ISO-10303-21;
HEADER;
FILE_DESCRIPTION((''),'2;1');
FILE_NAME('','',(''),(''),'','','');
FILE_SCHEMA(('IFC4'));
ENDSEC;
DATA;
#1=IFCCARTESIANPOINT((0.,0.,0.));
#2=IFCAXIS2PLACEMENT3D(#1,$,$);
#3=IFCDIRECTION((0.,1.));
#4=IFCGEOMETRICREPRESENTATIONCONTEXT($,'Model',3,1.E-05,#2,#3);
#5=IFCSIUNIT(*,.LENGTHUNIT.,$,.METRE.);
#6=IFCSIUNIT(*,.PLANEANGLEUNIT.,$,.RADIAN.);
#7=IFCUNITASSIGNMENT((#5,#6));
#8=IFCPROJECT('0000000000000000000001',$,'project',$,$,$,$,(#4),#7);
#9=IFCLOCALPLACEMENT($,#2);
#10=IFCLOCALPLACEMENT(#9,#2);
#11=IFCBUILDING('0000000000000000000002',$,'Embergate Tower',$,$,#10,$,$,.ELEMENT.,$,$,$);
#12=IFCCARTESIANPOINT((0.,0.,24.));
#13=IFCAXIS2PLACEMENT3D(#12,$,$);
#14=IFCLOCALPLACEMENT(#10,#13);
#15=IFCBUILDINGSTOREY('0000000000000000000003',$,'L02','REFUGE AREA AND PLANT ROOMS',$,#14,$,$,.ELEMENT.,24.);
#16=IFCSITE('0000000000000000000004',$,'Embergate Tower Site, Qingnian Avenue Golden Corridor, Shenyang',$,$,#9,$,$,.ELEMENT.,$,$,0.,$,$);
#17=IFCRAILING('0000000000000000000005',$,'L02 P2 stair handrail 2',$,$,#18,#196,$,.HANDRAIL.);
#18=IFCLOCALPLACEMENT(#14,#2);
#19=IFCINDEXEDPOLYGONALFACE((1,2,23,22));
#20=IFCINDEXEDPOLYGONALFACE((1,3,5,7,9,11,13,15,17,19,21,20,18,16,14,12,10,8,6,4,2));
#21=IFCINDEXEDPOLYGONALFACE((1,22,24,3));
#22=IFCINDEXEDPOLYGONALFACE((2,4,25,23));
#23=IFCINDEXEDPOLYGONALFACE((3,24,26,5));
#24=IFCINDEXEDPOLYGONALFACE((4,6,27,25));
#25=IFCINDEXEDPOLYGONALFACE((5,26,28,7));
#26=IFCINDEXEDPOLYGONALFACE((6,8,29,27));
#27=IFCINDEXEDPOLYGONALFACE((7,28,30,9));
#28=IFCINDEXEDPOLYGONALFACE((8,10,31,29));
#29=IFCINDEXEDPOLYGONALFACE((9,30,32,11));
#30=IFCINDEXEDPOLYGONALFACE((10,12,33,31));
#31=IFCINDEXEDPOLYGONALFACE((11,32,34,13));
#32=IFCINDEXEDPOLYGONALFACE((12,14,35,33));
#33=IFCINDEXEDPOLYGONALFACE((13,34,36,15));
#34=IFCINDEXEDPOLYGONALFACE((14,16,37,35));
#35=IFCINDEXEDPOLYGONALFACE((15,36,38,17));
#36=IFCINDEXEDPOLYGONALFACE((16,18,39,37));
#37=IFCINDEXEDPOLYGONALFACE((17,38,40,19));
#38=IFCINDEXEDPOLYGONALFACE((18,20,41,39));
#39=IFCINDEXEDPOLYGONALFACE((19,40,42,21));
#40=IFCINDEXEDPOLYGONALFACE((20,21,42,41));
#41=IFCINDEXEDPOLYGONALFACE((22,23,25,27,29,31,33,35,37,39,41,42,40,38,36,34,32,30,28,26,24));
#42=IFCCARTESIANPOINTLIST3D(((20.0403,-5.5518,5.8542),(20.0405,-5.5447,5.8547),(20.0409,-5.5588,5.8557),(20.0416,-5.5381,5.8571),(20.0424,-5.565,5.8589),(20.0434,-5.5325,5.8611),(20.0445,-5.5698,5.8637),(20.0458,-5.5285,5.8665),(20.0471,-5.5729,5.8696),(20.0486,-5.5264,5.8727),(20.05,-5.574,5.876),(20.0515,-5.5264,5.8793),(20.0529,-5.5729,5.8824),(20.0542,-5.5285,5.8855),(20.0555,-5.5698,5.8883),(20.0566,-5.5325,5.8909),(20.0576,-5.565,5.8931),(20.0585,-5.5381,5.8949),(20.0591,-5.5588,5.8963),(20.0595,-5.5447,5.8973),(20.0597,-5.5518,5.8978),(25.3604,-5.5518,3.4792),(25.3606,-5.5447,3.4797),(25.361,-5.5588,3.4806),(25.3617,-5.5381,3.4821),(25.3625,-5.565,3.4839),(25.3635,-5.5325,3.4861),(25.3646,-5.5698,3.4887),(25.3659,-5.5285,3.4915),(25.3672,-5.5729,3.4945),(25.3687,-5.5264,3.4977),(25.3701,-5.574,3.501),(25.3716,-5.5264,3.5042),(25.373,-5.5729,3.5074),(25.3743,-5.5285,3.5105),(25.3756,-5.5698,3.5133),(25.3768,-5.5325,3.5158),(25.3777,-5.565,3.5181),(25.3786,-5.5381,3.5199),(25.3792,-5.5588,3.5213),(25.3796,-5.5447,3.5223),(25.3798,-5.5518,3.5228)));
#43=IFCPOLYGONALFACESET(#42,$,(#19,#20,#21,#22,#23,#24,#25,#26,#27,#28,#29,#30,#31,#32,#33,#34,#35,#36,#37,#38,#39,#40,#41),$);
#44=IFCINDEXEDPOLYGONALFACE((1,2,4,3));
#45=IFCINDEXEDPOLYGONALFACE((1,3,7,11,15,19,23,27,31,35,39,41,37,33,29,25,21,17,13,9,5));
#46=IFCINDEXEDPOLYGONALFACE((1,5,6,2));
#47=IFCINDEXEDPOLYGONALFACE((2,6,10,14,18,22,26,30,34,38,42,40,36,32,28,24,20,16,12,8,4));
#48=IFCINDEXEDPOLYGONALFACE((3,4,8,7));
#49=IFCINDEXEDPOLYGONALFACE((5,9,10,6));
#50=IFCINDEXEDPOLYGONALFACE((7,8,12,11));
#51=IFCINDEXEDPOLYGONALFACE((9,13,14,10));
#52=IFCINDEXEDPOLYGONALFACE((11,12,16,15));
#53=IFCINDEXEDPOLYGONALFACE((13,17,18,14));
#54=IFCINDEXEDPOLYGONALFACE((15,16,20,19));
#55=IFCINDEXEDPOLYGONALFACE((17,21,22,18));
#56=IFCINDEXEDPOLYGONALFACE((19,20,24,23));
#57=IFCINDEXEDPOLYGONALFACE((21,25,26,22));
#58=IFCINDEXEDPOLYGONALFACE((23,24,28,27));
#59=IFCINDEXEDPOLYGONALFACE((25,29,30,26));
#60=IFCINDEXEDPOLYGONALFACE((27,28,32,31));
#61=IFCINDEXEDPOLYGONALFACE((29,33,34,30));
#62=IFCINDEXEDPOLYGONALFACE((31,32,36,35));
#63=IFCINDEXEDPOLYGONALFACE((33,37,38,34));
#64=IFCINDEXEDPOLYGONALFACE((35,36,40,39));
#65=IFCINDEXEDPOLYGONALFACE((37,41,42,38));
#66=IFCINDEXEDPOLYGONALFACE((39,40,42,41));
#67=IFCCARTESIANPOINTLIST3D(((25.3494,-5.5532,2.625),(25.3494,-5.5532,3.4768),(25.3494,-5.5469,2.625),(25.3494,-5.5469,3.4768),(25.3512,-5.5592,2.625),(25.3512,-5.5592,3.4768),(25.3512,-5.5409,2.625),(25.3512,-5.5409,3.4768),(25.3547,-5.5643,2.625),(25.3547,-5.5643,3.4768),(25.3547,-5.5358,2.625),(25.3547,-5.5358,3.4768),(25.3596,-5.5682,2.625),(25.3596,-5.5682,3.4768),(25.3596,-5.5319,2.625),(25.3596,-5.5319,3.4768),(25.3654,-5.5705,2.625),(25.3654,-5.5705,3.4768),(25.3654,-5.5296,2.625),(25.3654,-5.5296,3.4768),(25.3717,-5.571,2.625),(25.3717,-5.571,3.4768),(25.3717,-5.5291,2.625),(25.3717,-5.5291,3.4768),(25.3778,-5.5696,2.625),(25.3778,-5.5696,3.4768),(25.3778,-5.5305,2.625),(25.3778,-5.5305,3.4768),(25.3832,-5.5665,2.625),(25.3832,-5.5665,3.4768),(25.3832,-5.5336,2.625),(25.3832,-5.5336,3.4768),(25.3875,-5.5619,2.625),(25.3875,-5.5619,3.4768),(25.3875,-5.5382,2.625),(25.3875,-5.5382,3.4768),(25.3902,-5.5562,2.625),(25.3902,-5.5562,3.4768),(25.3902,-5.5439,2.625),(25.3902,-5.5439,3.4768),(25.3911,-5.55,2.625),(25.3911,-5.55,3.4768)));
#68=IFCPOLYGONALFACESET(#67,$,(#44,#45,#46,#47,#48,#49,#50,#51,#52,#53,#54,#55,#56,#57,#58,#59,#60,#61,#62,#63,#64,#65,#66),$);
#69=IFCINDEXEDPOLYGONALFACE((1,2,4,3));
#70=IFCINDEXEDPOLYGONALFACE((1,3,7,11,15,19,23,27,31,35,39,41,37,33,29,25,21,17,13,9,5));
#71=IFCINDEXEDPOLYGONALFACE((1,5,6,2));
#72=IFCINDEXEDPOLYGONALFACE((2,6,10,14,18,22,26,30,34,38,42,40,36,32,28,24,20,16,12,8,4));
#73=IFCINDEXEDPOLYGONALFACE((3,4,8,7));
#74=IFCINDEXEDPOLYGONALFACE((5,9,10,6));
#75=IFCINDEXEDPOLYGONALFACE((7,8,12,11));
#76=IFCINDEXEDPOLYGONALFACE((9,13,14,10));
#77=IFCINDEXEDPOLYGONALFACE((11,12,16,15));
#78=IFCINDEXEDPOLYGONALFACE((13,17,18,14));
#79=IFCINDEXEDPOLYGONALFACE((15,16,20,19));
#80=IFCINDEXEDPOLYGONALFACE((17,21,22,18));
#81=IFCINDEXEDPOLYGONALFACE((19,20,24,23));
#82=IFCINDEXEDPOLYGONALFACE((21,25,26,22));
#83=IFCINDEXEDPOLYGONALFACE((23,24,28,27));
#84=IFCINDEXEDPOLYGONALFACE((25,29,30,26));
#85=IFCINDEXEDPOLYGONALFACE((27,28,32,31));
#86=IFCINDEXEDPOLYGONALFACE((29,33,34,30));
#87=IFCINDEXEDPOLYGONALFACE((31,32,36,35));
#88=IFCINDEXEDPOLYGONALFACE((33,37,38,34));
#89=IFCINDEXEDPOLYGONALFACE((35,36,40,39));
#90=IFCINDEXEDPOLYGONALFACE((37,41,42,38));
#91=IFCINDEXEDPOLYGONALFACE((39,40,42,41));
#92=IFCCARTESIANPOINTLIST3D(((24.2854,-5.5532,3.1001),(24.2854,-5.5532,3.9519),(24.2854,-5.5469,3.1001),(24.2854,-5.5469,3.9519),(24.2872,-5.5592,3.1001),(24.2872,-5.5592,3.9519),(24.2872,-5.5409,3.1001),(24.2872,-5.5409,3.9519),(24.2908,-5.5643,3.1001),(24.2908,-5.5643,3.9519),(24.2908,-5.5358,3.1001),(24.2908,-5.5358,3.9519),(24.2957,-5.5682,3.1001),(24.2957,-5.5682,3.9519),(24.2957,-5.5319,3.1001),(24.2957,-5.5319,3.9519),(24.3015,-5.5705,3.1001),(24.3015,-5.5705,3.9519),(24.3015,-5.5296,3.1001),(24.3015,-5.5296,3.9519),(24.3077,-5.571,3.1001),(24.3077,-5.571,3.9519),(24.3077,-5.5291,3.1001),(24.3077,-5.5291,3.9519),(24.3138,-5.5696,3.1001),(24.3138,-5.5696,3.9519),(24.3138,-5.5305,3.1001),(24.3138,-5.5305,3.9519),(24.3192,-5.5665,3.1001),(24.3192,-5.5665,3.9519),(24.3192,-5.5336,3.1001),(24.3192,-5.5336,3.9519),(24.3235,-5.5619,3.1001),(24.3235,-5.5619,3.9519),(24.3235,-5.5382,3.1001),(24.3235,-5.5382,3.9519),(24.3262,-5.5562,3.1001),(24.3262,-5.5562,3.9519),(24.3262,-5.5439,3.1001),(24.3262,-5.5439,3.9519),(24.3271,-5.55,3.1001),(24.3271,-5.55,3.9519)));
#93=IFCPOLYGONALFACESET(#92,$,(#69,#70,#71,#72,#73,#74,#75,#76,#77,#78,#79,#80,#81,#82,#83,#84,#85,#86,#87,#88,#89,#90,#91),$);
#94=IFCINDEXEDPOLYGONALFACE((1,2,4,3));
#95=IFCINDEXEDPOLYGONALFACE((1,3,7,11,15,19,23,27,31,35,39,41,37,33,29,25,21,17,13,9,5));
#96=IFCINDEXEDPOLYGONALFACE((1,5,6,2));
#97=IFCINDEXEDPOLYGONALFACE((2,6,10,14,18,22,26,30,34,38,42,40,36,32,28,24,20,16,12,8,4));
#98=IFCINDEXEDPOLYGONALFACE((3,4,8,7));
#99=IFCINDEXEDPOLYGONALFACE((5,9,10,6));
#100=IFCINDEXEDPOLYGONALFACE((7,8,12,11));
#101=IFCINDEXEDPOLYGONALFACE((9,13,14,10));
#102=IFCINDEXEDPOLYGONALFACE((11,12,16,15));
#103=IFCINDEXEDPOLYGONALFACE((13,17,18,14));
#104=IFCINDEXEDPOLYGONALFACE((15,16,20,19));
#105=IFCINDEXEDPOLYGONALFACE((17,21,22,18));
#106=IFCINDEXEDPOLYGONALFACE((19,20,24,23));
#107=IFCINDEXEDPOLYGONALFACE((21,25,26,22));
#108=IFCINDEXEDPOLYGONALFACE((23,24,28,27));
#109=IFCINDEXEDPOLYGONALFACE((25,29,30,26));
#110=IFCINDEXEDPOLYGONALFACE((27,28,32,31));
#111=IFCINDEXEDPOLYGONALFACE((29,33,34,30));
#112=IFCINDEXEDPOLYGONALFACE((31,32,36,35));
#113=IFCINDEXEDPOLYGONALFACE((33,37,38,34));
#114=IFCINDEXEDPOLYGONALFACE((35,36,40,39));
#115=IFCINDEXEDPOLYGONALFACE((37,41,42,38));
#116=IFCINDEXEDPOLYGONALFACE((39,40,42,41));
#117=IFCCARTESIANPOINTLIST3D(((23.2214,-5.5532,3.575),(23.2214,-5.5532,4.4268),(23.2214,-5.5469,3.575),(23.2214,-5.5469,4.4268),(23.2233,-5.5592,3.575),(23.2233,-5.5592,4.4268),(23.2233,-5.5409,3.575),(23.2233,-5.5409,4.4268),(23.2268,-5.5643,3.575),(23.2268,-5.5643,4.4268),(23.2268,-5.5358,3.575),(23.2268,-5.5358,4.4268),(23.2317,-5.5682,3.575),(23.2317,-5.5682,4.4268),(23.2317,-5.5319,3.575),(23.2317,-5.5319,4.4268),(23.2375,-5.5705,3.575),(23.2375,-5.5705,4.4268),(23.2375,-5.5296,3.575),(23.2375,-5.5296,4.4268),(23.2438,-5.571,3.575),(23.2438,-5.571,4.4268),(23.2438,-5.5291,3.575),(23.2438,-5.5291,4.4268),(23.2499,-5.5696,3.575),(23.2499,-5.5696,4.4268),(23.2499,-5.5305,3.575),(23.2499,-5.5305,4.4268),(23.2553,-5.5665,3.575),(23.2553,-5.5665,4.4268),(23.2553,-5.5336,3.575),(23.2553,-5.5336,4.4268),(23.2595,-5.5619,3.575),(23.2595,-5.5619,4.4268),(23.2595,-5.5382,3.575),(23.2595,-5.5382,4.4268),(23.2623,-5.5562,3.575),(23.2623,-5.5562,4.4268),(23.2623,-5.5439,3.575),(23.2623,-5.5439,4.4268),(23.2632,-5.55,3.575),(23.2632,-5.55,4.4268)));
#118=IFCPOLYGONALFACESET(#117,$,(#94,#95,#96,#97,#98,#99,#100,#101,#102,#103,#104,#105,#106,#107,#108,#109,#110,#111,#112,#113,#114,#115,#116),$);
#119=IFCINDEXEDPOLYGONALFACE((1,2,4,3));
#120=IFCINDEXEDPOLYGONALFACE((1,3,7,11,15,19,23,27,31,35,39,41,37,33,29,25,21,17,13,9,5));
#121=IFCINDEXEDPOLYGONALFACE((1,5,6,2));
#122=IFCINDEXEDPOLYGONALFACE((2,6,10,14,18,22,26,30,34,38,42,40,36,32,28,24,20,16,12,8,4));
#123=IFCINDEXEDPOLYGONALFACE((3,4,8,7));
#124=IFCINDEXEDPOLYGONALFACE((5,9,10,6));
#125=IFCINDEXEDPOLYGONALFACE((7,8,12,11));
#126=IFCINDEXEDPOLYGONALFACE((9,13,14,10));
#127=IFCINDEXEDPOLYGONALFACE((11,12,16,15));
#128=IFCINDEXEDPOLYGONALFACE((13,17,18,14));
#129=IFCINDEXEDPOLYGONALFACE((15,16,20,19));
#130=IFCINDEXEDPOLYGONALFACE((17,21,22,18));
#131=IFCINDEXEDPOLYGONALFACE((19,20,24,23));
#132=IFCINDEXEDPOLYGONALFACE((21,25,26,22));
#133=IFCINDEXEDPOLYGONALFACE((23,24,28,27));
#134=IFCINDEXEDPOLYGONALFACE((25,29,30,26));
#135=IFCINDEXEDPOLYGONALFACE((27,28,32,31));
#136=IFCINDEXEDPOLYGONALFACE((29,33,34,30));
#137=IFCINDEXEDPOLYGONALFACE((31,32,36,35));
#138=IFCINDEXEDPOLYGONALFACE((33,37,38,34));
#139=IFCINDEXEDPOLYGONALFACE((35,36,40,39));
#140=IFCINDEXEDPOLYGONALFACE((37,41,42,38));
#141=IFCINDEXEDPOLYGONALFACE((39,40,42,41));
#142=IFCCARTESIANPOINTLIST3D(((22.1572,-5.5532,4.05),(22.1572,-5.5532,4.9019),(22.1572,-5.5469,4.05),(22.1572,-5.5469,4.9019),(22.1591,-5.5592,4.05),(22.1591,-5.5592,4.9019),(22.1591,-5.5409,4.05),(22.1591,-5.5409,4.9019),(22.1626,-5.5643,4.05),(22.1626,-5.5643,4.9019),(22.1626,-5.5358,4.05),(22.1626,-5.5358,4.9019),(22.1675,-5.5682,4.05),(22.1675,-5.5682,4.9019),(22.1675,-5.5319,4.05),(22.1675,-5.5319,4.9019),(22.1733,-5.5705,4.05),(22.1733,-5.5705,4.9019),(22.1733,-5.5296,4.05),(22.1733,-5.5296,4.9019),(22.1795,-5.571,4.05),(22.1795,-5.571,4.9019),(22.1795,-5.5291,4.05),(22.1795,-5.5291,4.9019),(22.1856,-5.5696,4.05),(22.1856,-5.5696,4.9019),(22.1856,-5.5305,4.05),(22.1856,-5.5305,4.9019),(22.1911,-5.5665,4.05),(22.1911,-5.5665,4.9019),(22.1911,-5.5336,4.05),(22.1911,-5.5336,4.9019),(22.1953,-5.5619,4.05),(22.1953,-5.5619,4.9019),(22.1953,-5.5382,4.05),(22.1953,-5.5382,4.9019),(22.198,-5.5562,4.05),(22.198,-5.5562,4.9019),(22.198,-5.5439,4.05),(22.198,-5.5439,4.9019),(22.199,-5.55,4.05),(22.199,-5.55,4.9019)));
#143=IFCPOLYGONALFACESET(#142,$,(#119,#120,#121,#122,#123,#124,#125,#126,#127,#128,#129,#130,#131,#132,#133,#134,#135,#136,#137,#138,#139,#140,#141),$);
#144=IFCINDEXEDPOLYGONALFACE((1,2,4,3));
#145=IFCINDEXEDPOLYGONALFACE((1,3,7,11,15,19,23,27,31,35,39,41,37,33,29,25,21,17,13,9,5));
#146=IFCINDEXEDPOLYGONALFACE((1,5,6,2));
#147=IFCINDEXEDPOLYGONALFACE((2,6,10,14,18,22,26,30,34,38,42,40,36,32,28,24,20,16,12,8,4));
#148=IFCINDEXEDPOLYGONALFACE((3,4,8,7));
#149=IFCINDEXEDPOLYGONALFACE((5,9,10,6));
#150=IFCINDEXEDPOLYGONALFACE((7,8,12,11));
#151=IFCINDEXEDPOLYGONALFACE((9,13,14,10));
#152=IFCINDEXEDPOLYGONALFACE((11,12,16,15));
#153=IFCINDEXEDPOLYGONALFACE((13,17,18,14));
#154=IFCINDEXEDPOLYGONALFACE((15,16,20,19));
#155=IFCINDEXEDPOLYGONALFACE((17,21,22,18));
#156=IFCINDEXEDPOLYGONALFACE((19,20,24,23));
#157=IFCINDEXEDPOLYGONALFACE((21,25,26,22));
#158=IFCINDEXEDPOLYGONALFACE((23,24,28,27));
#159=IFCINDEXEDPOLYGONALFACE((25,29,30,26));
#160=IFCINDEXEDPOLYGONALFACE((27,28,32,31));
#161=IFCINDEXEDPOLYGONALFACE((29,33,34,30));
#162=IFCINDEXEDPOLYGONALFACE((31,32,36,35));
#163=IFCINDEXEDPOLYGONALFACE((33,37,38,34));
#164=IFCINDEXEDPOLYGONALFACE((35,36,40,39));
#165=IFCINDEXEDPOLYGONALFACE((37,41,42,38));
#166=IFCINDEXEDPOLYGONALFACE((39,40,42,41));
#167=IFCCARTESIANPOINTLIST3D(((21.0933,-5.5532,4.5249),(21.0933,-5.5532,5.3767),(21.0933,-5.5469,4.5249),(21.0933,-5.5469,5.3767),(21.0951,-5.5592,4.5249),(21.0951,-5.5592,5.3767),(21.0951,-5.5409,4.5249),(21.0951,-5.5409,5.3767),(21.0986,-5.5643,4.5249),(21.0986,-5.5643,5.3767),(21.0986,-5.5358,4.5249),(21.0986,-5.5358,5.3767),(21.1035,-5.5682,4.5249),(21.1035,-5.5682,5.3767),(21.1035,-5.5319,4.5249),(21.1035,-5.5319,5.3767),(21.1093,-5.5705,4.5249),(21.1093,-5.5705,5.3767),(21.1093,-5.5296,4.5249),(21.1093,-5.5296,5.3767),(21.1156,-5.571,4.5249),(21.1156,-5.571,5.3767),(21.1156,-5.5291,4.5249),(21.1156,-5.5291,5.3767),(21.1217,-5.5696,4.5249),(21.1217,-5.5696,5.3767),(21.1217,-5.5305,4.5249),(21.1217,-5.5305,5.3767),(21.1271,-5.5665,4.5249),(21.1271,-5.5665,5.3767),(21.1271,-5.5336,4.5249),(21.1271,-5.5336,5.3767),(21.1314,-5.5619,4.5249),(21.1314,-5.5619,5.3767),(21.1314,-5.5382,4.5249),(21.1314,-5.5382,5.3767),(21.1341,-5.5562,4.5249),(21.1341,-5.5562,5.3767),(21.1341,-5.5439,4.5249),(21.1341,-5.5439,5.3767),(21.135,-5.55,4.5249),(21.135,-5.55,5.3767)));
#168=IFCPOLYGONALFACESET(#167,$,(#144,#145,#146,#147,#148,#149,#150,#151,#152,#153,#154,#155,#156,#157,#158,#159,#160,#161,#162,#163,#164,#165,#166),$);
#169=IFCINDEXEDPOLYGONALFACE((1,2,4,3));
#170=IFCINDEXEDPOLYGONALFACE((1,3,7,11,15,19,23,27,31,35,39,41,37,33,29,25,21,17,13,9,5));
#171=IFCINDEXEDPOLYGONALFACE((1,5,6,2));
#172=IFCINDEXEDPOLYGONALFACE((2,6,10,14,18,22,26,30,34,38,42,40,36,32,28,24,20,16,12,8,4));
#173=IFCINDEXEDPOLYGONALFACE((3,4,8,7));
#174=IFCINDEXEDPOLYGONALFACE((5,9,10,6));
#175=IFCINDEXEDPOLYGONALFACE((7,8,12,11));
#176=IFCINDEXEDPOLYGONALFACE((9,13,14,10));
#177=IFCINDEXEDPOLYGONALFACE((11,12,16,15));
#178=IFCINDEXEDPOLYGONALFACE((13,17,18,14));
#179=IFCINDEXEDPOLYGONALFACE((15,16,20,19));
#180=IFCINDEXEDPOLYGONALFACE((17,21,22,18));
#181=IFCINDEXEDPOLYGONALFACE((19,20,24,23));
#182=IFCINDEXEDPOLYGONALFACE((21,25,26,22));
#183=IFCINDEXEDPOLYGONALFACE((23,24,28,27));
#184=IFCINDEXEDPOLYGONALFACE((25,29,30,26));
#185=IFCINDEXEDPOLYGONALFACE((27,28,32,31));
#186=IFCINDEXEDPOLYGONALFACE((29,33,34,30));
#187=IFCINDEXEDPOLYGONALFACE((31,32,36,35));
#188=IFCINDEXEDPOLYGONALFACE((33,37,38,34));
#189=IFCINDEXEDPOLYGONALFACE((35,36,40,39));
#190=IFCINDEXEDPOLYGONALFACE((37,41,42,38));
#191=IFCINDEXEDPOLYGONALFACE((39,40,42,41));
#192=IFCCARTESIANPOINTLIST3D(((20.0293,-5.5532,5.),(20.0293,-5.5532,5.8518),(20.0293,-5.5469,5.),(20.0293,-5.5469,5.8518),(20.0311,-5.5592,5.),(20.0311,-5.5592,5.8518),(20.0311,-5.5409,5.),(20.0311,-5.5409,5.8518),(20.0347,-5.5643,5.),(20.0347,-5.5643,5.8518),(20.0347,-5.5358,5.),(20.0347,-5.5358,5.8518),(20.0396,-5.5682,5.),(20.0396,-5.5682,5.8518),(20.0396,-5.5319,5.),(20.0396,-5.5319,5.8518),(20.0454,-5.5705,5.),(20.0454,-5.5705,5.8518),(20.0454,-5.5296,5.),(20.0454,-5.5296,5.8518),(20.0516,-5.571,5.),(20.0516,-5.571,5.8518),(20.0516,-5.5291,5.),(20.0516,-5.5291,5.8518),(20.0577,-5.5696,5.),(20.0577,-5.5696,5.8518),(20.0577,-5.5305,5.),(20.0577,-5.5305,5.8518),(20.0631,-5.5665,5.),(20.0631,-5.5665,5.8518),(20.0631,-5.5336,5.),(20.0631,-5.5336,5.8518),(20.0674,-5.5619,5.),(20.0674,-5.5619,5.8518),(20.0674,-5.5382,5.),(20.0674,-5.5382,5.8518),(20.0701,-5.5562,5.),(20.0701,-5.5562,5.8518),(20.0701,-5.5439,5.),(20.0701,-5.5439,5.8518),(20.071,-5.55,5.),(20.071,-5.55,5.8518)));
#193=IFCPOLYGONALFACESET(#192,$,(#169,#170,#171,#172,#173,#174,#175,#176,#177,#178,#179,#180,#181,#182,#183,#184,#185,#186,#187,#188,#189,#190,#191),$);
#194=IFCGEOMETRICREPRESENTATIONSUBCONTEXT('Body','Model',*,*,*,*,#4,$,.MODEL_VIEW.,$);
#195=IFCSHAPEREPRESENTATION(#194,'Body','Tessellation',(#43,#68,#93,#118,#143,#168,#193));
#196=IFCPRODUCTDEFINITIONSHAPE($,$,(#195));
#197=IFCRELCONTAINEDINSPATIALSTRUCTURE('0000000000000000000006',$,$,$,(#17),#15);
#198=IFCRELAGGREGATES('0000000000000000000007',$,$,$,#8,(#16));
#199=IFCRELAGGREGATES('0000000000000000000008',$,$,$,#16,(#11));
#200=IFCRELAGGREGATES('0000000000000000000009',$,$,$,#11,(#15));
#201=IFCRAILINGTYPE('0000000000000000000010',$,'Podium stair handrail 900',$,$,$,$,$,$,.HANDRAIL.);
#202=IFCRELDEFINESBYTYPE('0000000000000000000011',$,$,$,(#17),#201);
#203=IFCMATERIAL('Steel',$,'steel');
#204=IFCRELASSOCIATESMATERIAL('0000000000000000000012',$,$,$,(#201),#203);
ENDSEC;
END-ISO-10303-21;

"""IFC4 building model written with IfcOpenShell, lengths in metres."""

from ifc_helpers import new_model, si_unit, direction, frame, origin, origin_2d, place, context, subcontext, project, spatial, circle, extrude, source, transform, mapped, material, type_object, element, save


model = new_model("IFC4")

# Units and contexts
model_context = context("Model", 3, precision=1e-05, world=origin(), true_north=direction((0.0, 1.0)))
body_context = subcontext(model_context, "Body", "Model", "MODEL_VIEW")
ifc_project = project(units=[si_unit("LENGTHUNIT", "METRE"), si_unit("PLANEANGLEUNIT", "RADIAN")], contexts=[model_context])

# Site, building, storey
site_placement = place(None, origin())
site = spatial("IfcSite", under=ifc_project, at=site_placement, Name="Embergate Tower Site, Qingnian Avenue Golden Corridor, Shenyang", CompositionType="ELEMENT", RefElevation=0.0)
building_placement = place(site_placement, origin())
building = spatial("IfcBuilding", under=site, at=building_placement, Name="Embergate Tower", CompositionType="ELEMENT")
storey_placement = place(building_placement, frame((0.0, 0.0, 24.0)))
storey = spatial("IfcBuildingStorey", under=building, at=storey_placement, Name="L02", Description="REFUGE AREA AND PLANT ROOMS", CompositionType="ELEMENT", Elevation=24.0)

# Railing
ifc_material_1 = material(Name="Steel", Category="steel")
railing_type_1 = type_object("IfcRailingType", Name="Podium stair handrail 900", PredefinedType="HANDRAIL", material=ifc_material_1)
shared_shape_1 = source(origin(), body_context, "Body", "SweptSolid", [
    extrude(circle(Radius=0.0239, at=origin_2d()), frame((0.0, 0.0, 0.876), z_axis=(-0.91314, 0.0, 0.407646), x_axis=(0.0, -1.0, 0.0)), (0.0, 0.0, 1.0), 5.8262),
    extrude(circle(Radius=0.021, at=origin_2d()), origin(), (0.0, 0.0, 1.0), 0.8518),
    extrude(circle(Radius=0.021, at=origin_2d()), frame((-1.064, 0.0, 0.4751)), (0.0, 0.0, 1.0), 0.8518),
    extrude(circle(Radius=0.021, at=origin_2d()), frame((-2.1279, 0.0, 0.95)), (0.0, 0.0, 1.0), 0.8518),
    extrude(circle(Radius=0.021, at=origin_2d()), frame((-3.1921, 0.0, 1.425)), (0.0, 0.0, 1.0), 0.8518),
    extrude(circle(Radius=0.021, at=origin_2d()), frame((-4.2561, 0.0, 1.8999)), (0.0, 0.0, 1.0), 0.8518),
    extrude(circle(Radius=0.021, at=origin_2d()), frame((-5.3201, 0.0, 2.375)), (0.0, 0.0, 1.0), 0.8518),
])
railing_1_placement = place(storey_placement, frame((25.3701, -5.55, 2.625)))
element("IfcRailing", 1, at=railing_1_placement, inside=storey, type_object=railing_type_1, Name="L02 P2 stair handrail 2", PredefinedType="HANDRAIL", context=body_context, shape_type="MappedRepresentation", body=[
    mapped(shared_shape_1, transform((0.0, 0.0, 0.0))),
])

save(model, "model.ifc")
